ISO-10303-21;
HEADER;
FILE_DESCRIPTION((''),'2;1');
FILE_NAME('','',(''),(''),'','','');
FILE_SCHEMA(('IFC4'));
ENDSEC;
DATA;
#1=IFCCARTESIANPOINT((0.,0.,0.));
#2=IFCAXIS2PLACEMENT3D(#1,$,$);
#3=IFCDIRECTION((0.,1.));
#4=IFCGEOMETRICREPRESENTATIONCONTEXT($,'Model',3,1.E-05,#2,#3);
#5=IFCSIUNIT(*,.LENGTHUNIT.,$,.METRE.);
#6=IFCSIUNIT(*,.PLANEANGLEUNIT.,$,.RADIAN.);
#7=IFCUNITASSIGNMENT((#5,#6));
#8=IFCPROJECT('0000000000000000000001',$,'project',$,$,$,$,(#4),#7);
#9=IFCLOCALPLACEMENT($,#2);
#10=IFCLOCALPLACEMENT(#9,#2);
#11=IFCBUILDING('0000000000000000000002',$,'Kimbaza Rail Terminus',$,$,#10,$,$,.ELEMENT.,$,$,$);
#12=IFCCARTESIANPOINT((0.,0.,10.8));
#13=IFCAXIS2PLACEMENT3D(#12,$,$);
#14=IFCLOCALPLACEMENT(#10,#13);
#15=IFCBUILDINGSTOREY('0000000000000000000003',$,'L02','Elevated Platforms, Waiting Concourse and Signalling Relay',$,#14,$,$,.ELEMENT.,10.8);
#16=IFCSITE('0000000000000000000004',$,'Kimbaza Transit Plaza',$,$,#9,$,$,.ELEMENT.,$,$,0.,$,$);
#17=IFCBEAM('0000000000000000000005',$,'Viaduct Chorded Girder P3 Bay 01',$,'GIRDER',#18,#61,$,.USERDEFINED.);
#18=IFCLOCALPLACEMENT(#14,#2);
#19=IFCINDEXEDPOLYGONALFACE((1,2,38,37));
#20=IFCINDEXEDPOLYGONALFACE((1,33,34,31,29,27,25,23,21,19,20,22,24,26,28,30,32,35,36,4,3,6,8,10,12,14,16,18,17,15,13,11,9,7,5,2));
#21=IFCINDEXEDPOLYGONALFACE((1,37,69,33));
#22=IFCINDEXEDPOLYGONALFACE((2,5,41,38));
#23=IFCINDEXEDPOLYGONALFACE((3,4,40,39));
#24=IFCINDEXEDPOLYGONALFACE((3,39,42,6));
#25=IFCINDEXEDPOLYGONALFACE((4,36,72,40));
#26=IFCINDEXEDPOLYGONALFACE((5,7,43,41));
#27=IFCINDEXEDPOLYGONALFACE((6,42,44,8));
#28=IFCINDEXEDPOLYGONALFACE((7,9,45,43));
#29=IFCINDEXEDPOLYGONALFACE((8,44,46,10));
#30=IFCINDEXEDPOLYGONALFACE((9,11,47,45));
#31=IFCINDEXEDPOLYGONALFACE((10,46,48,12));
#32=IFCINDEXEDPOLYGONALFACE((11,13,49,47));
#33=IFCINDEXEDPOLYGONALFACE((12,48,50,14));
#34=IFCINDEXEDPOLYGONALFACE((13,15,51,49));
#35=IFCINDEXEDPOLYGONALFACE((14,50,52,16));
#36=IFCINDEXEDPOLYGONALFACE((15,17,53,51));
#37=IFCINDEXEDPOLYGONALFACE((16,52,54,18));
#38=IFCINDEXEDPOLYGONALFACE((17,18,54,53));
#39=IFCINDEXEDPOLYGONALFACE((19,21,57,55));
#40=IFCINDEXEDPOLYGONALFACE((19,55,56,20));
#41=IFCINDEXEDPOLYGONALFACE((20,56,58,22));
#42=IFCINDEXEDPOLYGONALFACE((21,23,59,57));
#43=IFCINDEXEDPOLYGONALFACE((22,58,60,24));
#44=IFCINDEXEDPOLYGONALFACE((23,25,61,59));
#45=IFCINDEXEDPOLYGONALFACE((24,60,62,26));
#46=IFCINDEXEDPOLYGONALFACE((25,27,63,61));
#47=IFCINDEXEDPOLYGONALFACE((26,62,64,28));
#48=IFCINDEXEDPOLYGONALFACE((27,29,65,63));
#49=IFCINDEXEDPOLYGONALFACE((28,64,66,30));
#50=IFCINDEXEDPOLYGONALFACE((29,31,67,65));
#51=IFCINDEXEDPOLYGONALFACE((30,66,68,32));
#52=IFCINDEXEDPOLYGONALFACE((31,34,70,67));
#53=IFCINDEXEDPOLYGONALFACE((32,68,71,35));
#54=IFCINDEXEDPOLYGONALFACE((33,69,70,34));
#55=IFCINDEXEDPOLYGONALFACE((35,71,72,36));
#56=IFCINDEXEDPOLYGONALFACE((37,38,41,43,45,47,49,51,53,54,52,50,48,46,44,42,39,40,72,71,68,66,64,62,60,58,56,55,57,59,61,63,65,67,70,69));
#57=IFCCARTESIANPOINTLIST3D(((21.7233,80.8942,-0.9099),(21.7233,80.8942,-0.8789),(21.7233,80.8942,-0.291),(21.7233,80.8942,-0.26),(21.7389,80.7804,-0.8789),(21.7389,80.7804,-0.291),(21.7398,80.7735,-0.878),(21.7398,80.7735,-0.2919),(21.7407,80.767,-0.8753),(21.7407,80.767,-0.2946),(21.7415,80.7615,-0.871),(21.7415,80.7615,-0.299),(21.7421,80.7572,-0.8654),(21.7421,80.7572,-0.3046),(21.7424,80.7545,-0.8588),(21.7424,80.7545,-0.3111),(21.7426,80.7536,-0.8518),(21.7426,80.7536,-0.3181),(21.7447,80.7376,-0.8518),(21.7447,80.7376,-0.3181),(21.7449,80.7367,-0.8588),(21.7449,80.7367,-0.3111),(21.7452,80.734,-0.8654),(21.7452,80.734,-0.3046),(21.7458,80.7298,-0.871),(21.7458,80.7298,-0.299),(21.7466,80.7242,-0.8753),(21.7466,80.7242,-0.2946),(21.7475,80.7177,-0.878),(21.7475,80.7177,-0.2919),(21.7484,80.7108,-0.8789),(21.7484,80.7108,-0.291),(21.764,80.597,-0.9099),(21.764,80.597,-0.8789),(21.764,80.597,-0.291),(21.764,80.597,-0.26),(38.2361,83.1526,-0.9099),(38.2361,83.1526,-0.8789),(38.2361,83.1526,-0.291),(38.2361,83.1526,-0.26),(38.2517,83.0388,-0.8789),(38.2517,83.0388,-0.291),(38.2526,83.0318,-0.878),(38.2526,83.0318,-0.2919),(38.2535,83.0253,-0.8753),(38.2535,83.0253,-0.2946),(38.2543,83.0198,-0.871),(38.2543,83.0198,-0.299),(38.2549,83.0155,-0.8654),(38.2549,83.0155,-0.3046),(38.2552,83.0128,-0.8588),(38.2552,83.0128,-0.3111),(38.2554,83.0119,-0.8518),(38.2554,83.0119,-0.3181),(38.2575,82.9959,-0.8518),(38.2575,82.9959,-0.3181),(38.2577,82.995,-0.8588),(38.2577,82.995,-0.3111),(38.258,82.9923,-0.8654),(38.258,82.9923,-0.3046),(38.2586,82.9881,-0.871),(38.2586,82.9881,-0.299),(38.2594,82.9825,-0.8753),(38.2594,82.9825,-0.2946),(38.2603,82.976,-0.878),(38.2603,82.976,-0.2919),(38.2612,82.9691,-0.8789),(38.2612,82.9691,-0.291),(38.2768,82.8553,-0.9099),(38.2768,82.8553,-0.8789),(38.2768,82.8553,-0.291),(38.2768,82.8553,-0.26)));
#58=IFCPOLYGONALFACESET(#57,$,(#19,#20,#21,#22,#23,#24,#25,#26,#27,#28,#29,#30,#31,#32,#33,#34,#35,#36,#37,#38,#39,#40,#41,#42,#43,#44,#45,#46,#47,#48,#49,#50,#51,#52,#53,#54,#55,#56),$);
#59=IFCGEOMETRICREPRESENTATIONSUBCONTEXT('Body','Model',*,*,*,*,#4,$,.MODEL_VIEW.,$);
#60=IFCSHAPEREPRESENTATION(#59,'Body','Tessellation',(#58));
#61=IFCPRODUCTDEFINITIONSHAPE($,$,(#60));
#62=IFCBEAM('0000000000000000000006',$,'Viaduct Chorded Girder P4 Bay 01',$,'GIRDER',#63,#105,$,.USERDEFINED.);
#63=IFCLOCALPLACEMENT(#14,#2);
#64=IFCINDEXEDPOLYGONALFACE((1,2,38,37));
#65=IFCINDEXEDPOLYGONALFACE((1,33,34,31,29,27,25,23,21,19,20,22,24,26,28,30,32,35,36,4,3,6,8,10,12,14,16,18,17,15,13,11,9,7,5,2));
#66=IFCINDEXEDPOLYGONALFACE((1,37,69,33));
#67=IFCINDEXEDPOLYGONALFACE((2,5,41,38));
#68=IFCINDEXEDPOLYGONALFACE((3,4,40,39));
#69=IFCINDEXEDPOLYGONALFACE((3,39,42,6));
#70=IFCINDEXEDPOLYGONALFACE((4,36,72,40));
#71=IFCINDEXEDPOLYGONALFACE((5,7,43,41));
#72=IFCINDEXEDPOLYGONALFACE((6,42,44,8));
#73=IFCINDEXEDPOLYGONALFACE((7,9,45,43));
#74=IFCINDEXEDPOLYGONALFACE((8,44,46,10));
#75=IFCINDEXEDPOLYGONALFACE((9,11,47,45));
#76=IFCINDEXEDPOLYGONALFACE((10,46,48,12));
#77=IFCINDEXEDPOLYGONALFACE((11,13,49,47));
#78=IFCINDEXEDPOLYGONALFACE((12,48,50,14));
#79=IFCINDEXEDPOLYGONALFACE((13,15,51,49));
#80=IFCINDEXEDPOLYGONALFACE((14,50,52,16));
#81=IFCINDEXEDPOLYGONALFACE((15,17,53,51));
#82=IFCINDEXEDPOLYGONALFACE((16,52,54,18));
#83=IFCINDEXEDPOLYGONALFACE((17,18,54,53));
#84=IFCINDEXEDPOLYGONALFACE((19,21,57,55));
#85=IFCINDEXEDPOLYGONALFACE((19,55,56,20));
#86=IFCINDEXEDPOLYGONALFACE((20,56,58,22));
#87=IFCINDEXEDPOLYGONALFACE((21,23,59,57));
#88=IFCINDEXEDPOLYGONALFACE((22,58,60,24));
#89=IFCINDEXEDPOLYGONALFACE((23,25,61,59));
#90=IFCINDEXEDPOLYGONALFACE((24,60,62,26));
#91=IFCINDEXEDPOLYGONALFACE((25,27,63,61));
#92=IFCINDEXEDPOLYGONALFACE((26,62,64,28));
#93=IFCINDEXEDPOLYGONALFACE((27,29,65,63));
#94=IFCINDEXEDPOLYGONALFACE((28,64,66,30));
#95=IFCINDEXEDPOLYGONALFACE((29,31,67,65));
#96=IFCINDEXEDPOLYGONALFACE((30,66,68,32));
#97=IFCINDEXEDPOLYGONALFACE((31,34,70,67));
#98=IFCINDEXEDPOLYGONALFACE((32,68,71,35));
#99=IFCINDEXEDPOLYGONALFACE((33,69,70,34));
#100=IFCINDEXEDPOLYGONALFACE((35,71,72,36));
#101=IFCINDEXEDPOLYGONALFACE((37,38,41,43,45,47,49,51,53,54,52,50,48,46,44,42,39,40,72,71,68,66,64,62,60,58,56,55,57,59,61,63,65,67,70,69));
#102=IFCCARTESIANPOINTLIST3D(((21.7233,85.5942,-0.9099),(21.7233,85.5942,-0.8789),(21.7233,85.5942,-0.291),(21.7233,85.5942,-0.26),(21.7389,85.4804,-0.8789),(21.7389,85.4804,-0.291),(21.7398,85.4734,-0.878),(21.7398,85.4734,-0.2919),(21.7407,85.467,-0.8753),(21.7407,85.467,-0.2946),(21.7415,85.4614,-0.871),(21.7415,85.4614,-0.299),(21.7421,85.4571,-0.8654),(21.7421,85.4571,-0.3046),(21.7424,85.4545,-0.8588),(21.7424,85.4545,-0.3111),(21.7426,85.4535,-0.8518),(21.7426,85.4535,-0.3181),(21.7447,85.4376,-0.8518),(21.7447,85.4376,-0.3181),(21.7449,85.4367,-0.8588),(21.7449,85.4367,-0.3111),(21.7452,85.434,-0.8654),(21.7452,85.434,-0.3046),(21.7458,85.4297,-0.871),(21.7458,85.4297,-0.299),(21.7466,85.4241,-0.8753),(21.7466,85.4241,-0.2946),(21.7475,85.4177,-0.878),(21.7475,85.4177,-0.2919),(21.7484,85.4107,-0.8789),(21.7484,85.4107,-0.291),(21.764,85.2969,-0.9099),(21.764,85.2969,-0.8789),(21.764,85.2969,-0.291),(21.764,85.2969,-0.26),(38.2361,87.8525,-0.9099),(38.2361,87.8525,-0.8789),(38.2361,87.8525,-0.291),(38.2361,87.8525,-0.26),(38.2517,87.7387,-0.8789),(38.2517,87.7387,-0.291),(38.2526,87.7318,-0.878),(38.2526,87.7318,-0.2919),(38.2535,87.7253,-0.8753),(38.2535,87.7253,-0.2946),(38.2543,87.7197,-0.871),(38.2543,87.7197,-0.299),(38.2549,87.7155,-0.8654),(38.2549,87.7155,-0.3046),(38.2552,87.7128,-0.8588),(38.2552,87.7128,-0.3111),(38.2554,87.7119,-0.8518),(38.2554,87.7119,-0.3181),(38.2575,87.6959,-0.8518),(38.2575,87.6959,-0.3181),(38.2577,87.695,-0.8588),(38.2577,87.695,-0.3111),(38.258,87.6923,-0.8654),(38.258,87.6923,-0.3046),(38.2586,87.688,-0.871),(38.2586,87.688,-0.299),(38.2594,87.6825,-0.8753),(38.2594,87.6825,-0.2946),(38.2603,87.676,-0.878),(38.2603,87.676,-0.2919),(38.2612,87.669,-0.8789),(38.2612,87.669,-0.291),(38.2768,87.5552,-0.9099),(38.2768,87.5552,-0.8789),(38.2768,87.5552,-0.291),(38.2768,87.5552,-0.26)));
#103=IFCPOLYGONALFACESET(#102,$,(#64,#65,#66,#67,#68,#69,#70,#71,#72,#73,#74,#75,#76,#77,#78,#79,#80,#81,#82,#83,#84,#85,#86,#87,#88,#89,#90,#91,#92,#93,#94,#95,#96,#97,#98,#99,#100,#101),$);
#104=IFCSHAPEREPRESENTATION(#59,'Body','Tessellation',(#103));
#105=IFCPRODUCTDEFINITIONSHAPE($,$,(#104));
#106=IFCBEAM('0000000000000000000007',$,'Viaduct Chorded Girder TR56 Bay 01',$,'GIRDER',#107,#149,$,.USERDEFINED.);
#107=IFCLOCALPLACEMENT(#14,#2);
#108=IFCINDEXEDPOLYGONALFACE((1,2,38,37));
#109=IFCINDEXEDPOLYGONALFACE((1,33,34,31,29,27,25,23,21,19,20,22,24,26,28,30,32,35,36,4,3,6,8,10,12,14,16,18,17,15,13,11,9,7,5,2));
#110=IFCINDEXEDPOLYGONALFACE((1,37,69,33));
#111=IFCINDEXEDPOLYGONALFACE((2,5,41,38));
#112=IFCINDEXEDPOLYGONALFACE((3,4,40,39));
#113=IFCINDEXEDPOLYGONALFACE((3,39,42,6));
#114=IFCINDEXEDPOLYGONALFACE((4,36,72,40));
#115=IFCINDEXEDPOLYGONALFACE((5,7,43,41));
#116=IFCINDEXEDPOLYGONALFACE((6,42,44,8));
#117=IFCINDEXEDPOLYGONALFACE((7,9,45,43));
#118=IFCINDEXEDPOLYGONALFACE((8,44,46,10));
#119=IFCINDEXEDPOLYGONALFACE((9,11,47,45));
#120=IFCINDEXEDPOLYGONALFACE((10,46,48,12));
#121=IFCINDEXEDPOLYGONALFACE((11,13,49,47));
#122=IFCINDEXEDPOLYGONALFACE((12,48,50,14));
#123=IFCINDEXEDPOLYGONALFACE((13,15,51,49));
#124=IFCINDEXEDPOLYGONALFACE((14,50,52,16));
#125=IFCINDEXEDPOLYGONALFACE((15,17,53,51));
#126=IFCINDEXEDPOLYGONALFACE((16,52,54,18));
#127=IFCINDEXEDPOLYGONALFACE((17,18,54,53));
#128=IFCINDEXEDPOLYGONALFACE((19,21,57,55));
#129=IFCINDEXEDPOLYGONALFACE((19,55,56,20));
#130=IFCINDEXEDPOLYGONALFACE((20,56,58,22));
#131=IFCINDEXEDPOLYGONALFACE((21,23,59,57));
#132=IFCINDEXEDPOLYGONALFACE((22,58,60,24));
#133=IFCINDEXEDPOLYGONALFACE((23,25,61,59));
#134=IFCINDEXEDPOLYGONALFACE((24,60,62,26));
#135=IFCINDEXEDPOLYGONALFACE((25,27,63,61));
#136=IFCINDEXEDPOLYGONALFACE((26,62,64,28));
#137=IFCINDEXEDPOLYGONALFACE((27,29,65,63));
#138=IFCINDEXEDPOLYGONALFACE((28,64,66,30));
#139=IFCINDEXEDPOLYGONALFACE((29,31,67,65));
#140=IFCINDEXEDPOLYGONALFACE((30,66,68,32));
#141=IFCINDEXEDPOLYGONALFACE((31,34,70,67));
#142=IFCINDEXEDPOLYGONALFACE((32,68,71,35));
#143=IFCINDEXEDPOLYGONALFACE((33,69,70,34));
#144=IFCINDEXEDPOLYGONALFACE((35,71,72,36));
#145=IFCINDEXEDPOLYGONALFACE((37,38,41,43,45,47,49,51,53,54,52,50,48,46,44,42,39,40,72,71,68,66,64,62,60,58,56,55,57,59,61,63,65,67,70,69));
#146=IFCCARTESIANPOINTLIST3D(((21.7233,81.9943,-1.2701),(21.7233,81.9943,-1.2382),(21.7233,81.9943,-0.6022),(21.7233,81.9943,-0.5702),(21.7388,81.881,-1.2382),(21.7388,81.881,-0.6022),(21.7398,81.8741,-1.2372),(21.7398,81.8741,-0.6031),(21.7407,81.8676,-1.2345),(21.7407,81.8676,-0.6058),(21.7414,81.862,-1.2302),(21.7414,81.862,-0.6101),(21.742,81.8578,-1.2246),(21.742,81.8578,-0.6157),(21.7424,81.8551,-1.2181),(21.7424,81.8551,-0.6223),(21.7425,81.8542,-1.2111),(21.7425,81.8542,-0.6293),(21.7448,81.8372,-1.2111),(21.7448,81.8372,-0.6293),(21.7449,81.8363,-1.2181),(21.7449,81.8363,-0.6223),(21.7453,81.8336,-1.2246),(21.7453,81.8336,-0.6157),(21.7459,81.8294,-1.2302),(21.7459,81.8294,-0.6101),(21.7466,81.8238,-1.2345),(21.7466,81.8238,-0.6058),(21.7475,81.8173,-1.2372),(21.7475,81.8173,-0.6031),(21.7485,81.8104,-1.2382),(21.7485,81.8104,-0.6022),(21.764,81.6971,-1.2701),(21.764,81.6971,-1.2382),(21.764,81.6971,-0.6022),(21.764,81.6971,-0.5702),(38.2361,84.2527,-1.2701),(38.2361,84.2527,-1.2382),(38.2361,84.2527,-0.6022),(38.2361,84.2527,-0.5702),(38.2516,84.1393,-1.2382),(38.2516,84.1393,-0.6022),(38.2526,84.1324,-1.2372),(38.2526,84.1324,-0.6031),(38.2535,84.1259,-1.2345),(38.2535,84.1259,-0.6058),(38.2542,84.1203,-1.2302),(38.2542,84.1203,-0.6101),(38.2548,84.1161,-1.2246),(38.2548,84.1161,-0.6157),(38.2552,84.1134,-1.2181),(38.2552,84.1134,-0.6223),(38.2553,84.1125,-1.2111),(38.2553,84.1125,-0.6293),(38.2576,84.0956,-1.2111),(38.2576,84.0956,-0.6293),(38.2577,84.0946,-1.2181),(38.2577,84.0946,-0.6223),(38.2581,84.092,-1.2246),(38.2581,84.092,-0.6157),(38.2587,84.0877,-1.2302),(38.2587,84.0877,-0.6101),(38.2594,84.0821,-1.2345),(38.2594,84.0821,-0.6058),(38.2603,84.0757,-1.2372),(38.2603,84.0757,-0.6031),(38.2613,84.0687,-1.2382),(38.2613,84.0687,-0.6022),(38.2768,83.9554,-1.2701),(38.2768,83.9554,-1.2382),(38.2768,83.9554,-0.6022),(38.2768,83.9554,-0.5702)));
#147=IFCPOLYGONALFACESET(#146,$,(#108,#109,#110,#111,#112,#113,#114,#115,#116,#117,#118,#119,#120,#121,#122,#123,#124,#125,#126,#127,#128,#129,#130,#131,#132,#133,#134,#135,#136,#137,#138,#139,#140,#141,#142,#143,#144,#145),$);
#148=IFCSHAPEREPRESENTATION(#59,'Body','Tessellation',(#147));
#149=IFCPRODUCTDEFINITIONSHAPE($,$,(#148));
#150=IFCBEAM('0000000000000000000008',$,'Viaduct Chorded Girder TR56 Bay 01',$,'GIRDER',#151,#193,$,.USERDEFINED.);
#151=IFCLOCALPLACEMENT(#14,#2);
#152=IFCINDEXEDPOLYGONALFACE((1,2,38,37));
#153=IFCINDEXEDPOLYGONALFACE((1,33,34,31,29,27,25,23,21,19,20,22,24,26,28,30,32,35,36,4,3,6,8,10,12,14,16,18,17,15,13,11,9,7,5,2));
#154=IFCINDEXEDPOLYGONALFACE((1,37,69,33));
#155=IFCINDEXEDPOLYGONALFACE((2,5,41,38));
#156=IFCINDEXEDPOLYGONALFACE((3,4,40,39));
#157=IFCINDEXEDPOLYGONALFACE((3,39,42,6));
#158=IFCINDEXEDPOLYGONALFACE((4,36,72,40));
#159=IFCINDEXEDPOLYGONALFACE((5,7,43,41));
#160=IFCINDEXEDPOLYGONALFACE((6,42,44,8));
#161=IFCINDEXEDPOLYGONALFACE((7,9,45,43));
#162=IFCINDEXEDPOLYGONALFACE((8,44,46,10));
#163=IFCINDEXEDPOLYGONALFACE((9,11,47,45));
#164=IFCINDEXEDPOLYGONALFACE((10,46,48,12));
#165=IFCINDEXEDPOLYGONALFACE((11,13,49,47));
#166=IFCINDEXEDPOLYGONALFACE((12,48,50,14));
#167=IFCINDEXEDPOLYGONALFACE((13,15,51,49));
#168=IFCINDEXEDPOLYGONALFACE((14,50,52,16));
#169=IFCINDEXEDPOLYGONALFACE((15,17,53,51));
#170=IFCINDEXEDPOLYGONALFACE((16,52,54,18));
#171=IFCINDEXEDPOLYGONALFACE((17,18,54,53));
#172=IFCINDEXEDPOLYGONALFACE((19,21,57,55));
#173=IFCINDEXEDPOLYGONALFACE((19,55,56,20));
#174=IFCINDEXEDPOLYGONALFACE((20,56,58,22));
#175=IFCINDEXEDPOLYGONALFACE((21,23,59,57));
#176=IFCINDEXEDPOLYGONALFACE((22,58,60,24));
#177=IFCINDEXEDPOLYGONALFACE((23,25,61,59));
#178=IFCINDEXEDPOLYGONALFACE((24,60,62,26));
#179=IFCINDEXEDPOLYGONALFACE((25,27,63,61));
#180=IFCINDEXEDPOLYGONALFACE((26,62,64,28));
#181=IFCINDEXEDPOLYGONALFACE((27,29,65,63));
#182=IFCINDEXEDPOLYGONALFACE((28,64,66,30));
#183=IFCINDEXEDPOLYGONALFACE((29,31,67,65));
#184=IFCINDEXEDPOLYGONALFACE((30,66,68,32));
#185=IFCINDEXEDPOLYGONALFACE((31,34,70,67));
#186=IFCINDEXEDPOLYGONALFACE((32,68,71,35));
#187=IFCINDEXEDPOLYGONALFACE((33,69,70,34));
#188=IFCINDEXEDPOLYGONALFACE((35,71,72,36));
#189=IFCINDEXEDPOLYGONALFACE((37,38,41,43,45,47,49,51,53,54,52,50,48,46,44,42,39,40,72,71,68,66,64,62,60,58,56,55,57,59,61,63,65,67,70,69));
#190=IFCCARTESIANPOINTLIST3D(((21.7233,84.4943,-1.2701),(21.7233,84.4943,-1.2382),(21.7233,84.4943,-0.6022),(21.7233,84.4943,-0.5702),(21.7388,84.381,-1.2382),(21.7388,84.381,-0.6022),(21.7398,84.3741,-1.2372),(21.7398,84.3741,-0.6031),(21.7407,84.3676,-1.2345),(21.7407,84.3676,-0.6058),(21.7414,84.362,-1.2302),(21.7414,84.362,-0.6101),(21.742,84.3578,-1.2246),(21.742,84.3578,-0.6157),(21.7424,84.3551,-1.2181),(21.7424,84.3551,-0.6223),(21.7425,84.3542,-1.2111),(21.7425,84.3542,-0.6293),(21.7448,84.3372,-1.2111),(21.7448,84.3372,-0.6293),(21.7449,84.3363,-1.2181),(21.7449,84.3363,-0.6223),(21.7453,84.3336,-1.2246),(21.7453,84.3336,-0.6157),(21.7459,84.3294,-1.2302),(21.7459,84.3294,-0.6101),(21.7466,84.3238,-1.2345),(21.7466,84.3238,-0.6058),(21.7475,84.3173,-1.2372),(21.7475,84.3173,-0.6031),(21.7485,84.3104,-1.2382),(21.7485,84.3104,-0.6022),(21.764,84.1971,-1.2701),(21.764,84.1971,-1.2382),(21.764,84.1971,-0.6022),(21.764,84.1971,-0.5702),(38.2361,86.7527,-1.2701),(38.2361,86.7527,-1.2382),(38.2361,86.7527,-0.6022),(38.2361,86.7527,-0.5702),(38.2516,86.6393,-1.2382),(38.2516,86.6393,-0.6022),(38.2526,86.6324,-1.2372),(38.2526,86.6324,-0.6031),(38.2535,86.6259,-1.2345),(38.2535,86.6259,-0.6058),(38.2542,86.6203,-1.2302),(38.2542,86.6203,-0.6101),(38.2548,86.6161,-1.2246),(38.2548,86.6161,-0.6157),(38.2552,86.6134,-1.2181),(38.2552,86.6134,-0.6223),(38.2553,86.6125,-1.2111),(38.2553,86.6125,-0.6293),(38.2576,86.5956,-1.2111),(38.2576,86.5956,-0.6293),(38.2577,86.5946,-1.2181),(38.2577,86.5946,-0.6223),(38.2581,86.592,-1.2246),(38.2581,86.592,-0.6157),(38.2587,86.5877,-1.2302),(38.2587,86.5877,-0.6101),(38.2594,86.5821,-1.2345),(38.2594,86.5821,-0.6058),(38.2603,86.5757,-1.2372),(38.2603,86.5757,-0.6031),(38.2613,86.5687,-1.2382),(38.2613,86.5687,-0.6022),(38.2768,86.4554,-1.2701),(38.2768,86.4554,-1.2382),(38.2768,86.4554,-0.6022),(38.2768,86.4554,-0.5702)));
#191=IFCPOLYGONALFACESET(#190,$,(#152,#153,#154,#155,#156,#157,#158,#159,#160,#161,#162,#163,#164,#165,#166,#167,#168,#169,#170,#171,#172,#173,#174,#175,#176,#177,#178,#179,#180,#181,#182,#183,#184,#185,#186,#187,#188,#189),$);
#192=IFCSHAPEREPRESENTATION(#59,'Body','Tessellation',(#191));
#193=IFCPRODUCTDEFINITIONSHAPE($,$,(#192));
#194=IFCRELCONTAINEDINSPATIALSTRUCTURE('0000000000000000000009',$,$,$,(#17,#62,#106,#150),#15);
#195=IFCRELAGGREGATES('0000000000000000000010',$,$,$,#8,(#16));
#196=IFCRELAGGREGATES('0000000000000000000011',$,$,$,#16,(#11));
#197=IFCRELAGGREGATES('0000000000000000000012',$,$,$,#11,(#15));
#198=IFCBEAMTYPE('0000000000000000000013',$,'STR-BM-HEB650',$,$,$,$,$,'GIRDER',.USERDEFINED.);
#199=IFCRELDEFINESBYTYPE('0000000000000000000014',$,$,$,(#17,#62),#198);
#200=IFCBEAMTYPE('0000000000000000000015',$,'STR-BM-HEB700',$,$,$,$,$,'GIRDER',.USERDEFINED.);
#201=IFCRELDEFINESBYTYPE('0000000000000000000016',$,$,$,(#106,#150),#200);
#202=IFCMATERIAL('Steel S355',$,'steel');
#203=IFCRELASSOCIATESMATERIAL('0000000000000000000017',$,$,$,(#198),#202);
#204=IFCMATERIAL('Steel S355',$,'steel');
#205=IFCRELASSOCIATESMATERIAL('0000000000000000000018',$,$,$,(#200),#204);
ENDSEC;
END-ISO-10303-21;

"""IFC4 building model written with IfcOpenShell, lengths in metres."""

from ifc_helpers import new_model, si_unit, direction, frame, origin, origin_2d, place, context, subcontext, project, spatial, i_section, extrude, material, material_profile, profile_set, type_object, element, save


model = new_model("IFC4")

# Units and contexts
model_context = context("Model", 3, precision=1e-05, world=origin(), true_north=direction((0.0, 1.0)))
body_context = subcontext(model_context, "Body", "Model", "MODEL_VIEW")
ifc_project = project(units=[si_unit("LENGTHUNIT", "METRE"), si_unit("PLANEANGLEUNIT", "RADIAN")], contexts=[model_context])

# Site, building, storey
site_placement = place(None, origin())
site = spatial("IfcSite", under=ifc_project, at=site_placement, Name="Kimbaza Transit Plaza", CompositionType="ELEMENT", RefElevation=0.0)
building_placement = place(site_placement, origin())
building = spatial("IfcBuilding", under=site, at=building_placement, Name="Kimbaza Rail Terminus", CompositionType="ELEMENT")
storey_placement = place(building_placement, frame((0.0, 0.0, 10.8)))
storey = spatial("IfcBuildingStorey", under=building, at=storey_placement, Name="L02", Description="Elevated Platforms, Waiting Concourse and Signalling Relay", CompositionType="ELEMENT", Elevation=10.8)

# Beams
ifc_material_1 = material(Name="Steel S355", Category="steel")
ifc_material_profile_1 = material_profile(ifc_material_1, i_section(OverallWidth=0.3, OverallDepth=0.6499, WebThickness=0.0161, FlangeThickness=0.031, FilletRadius=0.0271, at=origin_2d()), Name="HEB 650")
ifc_profile_set_1 = profile_set([ifc_material_profile_1], Name="Steel S355")
beam_type_1 = type_object("IfcBeamType", Name="STR-BM-HEB650", ElementType="GIRDER", PredefinedType="USERDEFINED", material=ifc_profile_set_1)
for number, where, z_axis, x_axis, name in (
    (1, (21.7437, 80.7456, -0.585), (0.990777, 0.1355, 0.0), (-0.1355, 0.990777, 0.0), "Viaduct Chorded Girder P3 Bay 01"),
    (2, (21.7437, 85.4456, -0.585), (0.990777, 0.1355, 0.0), (-0.1355, 0.990777, 0.0), "Viaduct Chorded Girder P4 Bay 01"),
):
    element("IfcBeam", number, at=place(storey_placement, frame(where, z_axis=z_axis, x_axis=x_axis)), inside=storey, type_object=beam_type_1, Name=name, ObjectType="GIRDER", PredefinedType="USERDEFINED", context=body_context, shape_type="SweptSolid", body=[
        extrude(i_section(OverallWidth=0.3, OverallDepth=0.6499, WebThickness=0.0161, FlangeThickness=0.031, FilletRadius=0.0271, at=origin_2d()), origin(), (0.0, 0.0, 1.0), 16.6665),
    ])
ifc_material_2 = material(Name="Steel S355", Category="steel")
ifc_material_profile_2 = material_profile(ifc_material_2, i_section(OverallWidth=0.3, OverallDepth=0.7, WebThickness=0.0171, FlangeThickness=0.032, FilletRadius=0.0271, at=origin_2d()), Name="HEB 700")
ifc_profile_set_2 = profile_set([ifc_material_profile_2], Name="Steel S355")
beam_type_2 = type_object("IfcBeamType", Name="STR-BM-HEB700", ElementType="GIRDER", PredefinedType="USERDEFINED", material=ifc_profile_set_2)
for number, where, z_axis, x_axis, name in (
    (3, (21.7437, 81.8457, -0.9202), (0.990777, 0.1355, 0.0), (-0.1355, 0.990777, 0.0), "Viaduct Chorded Girder TR56 Bay 01"),
    (4, (21.7437, 84.3457, -0.9202), (0.990777, 0.1355, 0.0), (-0.1355, 0.990777, 0.0), "Viaduct Chorded Girder TR56 Bay 01"),
):
    element("IfcBeam", number, at=place(storey_placement, frame(where, z_axis=z_axis, x_axis=x_axis)), inside=storey, type_object=beam_type_2, Name=name, ObjectType="GIRDER", PredefinedType="USERDEFINED", context=body_context, shape_type="SweptSolid", body=[
        extrude(i_section(OverallWidth=0.3, OverallDepth=0.7, WebThickness=0.0171, FlangeThickness=0.032, FilletRadius=0.0271, at=origin_2d()), origin(), (0.0, 0.0, 1.0), 16.6665),
    ])

save(model, "model.ifc")
